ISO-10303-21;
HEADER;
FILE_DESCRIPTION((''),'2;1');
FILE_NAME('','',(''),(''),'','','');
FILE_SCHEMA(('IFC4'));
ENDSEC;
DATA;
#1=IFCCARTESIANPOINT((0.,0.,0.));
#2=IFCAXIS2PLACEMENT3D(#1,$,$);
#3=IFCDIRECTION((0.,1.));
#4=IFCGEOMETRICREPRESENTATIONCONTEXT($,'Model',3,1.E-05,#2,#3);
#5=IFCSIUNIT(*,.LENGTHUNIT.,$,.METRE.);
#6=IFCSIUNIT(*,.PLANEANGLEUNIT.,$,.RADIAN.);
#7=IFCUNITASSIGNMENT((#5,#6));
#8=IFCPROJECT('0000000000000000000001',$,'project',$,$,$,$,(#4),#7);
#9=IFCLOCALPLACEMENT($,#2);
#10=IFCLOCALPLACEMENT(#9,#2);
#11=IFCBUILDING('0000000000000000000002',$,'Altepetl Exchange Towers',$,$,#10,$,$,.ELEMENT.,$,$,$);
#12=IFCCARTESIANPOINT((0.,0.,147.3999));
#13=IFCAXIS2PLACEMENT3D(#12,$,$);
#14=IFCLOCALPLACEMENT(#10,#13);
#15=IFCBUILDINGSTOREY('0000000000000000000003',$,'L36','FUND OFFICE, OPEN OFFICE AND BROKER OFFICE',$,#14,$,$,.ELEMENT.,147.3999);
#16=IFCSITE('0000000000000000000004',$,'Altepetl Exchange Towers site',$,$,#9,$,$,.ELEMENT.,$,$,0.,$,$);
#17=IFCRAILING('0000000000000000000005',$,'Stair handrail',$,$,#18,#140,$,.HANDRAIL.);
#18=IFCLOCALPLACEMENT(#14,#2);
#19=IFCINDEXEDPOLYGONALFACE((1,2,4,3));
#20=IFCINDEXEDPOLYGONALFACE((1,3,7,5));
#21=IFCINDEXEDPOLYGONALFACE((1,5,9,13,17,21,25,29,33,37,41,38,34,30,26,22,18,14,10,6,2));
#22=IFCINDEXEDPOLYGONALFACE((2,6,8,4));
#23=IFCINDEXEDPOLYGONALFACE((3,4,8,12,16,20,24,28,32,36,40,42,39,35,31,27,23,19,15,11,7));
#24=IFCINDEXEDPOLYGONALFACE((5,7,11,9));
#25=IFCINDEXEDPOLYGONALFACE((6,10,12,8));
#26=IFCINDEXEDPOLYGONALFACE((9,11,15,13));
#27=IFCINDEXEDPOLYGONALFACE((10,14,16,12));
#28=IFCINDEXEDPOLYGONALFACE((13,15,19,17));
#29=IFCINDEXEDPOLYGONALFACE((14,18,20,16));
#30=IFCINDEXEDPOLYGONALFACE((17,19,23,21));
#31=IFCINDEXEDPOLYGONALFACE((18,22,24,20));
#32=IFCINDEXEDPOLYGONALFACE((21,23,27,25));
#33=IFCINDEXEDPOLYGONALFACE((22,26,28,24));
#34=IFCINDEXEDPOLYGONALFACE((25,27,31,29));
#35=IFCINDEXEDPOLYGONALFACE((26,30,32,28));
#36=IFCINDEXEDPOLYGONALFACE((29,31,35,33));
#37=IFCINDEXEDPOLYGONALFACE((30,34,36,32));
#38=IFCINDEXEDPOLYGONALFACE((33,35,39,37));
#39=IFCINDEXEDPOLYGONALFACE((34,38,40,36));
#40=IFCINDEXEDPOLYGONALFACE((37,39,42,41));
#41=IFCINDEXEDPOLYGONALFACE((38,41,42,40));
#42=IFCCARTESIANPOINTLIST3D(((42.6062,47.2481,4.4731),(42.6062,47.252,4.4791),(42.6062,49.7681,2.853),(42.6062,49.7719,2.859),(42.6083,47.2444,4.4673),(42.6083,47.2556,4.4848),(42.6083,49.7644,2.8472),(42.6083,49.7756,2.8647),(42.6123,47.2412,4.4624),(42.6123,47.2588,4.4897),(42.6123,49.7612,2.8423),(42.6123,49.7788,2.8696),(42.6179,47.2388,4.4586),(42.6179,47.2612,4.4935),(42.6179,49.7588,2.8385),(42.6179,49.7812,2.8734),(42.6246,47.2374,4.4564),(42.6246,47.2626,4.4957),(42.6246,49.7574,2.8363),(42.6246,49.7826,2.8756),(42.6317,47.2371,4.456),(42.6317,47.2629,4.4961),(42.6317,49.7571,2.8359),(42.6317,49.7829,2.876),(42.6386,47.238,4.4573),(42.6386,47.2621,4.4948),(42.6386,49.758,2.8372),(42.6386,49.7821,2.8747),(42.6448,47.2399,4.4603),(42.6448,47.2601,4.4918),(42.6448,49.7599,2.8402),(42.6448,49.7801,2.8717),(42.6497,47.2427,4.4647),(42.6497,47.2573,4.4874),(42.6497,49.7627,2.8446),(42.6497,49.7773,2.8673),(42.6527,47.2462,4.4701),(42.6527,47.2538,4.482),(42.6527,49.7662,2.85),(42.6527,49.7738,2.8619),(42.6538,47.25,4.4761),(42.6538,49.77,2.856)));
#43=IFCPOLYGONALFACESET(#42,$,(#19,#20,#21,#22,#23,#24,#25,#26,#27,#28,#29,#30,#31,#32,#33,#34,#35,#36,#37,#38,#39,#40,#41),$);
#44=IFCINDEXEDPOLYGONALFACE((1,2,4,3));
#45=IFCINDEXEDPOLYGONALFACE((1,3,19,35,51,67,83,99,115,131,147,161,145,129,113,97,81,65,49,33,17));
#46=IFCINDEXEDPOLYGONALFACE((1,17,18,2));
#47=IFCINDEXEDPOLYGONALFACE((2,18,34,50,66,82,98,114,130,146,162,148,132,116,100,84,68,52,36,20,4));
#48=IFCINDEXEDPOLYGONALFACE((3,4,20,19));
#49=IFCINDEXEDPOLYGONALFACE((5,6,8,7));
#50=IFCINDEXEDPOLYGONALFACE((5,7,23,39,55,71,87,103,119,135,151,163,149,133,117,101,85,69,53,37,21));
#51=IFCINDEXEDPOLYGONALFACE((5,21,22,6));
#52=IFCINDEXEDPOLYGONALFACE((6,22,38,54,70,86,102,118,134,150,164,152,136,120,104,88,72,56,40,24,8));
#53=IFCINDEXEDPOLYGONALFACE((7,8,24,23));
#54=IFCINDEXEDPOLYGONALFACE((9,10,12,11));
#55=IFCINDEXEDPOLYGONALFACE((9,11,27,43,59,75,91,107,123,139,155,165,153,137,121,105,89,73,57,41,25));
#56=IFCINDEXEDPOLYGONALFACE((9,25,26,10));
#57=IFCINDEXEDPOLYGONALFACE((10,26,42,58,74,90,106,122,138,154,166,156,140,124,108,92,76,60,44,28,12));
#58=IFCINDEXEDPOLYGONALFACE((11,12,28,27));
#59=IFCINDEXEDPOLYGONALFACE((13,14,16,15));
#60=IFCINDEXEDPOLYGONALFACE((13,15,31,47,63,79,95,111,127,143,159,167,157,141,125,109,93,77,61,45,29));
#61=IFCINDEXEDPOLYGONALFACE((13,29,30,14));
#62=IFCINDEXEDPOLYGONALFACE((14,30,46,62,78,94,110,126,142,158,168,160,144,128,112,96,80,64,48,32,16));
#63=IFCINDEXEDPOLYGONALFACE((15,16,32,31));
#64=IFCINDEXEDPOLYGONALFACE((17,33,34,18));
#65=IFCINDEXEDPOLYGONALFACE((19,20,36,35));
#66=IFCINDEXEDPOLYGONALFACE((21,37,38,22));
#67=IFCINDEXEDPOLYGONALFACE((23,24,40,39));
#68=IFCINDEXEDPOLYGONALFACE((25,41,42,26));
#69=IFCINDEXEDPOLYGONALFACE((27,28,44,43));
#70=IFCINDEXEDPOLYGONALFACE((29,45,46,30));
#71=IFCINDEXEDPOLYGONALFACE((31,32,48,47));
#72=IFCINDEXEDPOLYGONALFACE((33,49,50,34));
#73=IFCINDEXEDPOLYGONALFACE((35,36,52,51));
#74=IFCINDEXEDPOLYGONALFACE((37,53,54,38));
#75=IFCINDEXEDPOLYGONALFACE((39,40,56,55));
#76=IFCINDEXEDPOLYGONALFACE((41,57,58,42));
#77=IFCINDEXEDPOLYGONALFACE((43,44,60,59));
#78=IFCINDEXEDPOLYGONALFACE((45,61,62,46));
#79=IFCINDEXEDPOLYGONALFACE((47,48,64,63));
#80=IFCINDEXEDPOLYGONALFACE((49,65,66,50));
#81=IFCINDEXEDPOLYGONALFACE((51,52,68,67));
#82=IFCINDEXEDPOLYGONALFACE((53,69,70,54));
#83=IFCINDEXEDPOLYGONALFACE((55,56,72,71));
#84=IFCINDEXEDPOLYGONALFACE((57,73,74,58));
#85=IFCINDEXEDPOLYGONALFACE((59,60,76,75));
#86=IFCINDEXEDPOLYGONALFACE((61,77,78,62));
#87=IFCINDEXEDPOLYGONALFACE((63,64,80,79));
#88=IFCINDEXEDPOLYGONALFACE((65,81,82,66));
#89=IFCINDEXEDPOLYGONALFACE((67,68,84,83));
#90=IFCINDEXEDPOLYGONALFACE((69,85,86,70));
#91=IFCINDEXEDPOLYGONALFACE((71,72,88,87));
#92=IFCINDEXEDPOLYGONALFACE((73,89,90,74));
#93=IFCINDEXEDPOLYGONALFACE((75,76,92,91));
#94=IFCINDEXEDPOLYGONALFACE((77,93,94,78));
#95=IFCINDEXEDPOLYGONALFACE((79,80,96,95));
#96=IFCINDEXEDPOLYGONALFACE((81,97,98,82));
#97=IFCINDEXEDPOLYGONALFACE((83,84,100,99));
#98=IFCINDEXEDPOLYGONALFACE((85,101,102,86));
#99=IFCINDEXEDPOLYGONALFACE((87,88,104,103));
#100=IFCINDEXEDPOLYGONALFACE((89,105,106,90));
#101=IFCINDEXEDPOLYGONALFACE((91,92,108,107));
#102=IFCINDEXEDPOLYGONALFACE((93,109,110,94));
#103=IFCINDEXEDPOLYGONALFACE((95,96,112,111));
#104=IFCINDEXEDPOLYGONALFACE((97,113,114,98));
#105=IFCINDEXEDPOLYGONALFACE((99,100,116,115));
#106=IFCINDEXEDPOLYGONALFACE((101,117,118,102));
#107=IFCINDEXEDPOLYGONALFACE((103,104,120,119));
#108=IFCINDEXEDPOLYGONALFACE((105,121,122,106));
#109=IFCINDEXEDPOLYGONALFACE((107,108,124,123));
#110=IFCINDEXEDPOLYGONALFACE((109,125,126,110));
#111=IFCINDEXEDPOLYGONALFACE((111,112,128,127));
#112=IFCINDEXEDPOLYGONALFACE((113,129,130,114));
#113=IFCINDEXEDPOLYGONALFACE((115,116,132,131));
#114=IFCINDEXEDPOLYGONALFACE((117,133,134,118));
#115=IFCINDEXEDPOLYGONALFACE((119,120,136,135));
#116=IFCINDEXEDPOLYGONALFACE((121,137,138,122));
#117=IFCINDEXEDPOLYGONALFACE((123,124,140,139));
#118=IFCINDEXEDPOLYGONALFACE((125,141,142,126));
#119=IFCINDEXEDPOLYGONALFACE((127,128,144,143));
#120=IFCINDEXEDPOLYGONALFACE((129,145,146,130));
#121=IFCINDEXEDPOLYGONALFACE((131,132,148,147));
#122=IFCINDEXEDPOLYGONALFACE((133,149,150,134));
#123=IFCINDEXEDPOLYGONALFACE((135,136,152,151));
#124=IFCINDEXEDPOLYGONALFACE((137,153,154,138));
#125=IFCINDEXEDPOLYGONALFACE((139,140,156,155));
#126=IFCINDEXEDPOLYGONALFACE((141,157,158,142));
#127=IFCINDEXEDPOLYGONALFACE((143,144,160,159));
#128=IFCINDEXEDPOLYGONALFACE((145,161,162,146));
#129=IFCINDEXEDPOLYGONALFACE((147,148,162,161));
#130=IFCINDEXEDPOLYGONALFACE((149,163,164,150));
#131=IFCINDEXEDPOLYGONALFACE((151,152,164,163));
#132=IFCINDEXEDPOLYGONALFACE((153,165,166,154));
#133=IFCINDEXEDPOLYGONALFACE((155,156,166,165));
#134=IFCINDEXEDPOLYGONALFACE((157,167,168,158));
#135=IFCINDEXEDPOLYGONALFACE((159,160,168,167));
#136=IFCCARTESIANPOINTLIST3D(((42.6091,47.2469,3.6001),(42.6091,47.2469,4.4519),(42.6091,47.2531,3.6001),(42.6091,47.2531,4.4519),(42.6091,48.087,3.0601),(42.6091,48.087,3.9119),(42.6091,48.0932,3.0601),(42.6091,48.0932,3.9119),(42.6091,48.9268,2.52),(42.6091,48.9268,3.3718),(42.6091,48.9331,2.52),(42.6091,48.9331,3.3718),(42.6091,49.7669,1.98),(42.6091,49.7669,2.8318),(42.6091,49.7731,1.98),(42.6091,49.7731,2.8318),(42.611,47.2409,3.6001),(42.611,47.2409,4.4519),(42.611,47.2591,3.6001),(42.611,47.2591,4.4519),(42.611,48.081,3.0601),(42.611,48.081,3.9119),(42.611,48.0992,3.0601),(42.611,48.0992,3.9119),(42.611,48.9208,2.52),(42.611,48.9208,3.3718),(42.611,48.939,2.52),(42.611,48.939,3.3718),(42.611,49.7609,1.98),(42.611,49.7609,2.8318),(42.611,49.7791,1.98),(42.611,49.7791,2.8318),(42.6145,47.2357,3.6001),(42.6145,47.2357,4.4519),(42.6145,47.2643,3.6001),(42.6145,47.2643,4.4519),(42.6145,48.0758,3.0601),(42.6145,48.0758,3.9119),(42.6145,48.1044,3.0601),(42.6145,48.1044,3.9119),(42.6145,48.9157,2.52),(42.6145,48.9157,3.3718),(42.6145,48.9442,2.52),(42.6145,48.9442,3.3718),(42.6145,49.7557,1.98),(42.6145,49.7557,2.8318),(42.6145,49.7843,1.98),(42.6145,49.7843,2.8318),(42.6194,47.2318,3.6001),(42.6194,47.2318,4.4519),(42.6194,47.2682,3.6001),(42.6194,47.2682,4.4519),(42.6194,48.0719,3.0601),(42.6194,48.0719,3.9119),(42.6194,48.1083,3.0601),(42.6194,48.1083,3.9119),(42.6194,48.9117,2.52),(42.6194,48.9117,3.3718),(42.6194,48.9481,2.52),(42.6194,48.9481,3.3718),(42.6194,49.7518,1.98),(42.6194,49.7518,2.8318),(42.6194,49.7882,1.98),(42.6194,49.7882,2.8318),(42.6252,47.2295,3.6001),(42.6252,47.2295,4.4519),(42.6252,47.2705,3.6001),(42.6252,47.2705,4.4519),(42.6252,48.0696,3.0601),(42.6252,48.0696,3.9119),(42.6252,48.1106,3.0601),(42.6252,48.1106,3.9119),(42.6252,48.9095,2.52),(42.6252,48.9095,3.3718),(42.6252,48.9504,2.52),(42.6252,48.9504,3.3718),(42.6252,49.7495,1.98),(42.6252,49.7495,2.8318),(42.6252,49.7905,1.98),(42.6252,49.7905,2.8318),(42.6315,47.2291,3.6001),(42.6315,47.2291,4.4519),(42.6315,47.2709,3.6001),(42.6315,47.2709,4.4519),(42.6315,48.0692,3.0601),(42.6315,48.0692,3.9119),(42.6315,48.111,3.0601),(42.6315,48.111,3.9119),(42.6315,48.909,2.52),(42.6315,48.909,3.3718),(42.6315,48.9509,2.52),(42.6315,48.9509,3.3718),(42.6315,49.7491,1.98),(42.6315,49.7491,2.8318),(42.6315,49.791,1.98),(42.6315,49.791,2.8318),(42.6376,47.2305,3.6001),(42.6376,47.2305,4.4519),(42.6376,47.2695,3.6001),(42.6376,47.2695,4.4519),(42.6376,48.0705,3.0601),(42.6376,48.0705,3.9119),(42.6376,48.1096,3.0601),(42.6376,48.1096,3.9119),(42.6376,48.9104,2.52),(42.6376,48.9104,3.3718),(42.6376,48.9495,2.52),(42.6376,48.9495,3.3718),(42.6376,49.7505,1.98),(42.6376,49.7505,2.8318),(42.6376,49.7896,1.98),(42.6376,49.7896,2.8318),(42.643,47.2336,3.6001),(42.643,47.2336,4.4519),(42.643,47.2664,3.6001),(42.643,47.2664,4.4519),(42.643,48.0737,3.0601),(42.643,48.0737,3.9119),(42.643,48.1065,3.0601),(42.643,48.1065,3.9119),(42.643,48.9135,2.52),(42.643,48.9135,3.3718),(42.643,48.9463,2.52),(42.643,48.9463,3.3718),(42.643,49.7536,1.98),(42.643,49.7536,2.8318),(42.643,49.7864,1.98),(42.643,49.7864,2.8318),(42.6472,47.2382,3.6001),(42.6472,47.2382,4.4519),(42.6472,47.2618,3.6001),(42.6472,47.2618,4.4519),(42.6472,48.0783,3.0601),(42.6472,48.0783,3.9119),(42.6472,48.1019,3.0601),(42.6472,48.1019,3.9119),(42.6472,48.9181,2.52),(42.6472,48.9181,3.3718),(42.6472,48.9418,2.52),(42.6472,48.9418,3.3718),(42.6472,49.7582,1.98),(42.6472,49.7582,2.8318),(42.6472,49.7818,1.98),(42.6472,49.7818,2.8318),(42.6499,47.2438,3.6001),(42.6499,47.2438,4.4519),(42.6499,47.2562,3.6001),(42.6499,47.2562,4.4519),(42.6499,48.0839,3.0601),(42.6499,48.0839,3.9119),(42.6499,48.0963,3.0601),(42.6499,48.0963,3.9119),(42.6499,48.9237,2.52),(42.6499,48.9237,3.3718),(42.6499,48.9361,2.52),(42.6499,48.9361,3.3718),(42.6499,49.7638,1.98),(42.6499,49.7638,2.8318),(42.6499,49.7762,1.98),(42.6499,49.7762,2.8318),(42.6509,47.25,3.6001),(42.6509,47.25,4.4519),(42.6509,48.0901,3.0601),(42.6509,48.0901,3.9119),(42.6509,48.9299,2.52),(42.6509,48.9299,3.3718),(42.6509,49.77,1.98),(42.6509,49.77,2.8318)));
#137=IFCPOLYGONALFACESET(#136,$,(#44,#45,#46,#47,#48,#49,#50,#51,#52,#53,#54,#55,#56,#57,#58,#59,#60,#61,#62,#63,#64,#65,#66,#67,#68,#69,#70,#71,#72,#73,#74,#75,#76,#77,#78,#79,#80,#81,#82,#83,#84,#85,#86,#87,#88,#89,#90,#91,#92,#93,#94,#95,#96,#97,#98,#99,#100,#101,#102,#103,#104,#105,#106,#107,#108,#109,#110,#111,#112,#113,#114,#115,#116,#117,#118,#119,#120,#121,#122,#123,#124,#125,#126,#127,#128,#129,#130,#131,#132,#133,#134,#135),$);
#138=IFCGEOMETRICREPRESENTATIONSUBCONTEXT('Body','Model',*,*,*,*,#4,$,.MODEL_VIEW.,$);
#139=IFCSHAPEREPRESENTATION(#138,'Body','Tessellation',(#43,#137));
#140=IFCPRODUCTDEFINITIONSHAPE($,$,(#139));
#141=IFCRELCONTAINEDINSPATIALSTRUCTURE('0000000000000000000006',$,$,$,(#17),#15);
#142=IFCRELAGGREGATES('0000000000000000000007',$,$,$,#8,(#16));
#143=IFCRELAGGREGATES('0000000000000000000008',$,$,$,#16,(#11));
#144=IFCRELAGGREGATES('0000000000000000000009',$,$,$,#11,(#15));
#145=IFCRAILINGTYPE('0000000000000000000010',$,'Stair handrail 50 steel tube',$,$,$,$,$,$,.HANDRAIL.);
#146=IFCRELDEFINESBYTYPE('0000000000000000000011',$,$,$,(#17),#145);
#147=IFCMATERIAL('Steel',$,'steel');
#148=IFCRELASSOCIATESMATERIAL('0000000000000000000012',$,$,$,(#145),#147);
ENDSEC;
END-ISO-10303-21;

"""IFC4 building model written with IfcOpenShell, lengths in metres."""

from ifc_helpers import new_model, si_unit, direction, frame, origin, origin_2d, place, context, subcontext, project, spatial, circle, extrude, source, transform, mapped, material, type_object, element, save


model = new_model("IFC4")

# Units and contexts
model_context = context("Model", 3, precision=1e-05, world=origin(), true_north=direction((0.0, 1.0)))
body_context = subcontext(model_context, "Body", "Model", "MODEL_VIEW")
ifc_project = project(units=[si_unit("LENGTHUNIT", "METRE"), si_unit("PLANEANGLEUNIT", "RADIAN")], contexts=[model_context])

# Site, building, storey
site_placement = place(None, origin())
site = spatial("IfcSite", under=ifc_project, at=site_placement, Name="Altepetl Exchange Towers site", CompositionType="ELEMENT", RefElevation=0.0)
building_placement = place(site_placement, origin())
building = spatial("IfcBuilding", under=site, at=building_placement, Name="Altepetl Exchange Towers", CompositionType="ELEMENT")
storey_placement = place(building_placement, frame((0.0, 0.0, 147.3999)))
storey = spatial("IfcBuildingStorey", under=building, at=storey_placement, Name="L36", Description="FUND OFFICE, OPEN OFFICE AND BROKER OFFICE", CompositionType="ELEMENT", Elevation=147.3999)

# Railing
ifc_material_1 = material(Name="Steel", Category="steel")
railing_type = type_object("IfcRailingType", Name="Stair handrail 50 steel tube", PredefinedType="HANDRAIL", material=ifc_material_1)
shared_shape = source(origin(), body_context, "Body", "SweptSolid", [
    extrude(circle(Radius=0.021, at=origin_2d()), origin(), (0.0, 0.0, 1.0), 0.8518),
])
railing_1_placement = place(storey_placement, frame((42.6299, 49.77, 1.98)))
element("IfcRailing", 1, at=railing_1_placement, inside=storey, type_object=railing_type, Name="Stair handrail", PredefinedType="HANDRAIL", context=body_context, shape_type="SweptSolid", body=[
    extrude(circle(Radius=0.0239, at=origin_2d()), frame((0.0, 0.0, 0.876), z_axis=(0.0, -0.841163, 0.540782), x_axis=(1.0, 0.0, 0.0)), (0.0, 0.0, 1.0), 2.9958),
    mapped(shared_shape, transform((0.0, 0.0, 0.0))),
    mapped(shared_shape, transform((0.0, -0.8401, 0.54))),
    mapped(shared_shape, transform((0.0, -1.6799, 1.0801))),
    mapped(shared_shape, transform((0.0, -2.52, 1.6201))),
])

save(model, "model.ifc")
